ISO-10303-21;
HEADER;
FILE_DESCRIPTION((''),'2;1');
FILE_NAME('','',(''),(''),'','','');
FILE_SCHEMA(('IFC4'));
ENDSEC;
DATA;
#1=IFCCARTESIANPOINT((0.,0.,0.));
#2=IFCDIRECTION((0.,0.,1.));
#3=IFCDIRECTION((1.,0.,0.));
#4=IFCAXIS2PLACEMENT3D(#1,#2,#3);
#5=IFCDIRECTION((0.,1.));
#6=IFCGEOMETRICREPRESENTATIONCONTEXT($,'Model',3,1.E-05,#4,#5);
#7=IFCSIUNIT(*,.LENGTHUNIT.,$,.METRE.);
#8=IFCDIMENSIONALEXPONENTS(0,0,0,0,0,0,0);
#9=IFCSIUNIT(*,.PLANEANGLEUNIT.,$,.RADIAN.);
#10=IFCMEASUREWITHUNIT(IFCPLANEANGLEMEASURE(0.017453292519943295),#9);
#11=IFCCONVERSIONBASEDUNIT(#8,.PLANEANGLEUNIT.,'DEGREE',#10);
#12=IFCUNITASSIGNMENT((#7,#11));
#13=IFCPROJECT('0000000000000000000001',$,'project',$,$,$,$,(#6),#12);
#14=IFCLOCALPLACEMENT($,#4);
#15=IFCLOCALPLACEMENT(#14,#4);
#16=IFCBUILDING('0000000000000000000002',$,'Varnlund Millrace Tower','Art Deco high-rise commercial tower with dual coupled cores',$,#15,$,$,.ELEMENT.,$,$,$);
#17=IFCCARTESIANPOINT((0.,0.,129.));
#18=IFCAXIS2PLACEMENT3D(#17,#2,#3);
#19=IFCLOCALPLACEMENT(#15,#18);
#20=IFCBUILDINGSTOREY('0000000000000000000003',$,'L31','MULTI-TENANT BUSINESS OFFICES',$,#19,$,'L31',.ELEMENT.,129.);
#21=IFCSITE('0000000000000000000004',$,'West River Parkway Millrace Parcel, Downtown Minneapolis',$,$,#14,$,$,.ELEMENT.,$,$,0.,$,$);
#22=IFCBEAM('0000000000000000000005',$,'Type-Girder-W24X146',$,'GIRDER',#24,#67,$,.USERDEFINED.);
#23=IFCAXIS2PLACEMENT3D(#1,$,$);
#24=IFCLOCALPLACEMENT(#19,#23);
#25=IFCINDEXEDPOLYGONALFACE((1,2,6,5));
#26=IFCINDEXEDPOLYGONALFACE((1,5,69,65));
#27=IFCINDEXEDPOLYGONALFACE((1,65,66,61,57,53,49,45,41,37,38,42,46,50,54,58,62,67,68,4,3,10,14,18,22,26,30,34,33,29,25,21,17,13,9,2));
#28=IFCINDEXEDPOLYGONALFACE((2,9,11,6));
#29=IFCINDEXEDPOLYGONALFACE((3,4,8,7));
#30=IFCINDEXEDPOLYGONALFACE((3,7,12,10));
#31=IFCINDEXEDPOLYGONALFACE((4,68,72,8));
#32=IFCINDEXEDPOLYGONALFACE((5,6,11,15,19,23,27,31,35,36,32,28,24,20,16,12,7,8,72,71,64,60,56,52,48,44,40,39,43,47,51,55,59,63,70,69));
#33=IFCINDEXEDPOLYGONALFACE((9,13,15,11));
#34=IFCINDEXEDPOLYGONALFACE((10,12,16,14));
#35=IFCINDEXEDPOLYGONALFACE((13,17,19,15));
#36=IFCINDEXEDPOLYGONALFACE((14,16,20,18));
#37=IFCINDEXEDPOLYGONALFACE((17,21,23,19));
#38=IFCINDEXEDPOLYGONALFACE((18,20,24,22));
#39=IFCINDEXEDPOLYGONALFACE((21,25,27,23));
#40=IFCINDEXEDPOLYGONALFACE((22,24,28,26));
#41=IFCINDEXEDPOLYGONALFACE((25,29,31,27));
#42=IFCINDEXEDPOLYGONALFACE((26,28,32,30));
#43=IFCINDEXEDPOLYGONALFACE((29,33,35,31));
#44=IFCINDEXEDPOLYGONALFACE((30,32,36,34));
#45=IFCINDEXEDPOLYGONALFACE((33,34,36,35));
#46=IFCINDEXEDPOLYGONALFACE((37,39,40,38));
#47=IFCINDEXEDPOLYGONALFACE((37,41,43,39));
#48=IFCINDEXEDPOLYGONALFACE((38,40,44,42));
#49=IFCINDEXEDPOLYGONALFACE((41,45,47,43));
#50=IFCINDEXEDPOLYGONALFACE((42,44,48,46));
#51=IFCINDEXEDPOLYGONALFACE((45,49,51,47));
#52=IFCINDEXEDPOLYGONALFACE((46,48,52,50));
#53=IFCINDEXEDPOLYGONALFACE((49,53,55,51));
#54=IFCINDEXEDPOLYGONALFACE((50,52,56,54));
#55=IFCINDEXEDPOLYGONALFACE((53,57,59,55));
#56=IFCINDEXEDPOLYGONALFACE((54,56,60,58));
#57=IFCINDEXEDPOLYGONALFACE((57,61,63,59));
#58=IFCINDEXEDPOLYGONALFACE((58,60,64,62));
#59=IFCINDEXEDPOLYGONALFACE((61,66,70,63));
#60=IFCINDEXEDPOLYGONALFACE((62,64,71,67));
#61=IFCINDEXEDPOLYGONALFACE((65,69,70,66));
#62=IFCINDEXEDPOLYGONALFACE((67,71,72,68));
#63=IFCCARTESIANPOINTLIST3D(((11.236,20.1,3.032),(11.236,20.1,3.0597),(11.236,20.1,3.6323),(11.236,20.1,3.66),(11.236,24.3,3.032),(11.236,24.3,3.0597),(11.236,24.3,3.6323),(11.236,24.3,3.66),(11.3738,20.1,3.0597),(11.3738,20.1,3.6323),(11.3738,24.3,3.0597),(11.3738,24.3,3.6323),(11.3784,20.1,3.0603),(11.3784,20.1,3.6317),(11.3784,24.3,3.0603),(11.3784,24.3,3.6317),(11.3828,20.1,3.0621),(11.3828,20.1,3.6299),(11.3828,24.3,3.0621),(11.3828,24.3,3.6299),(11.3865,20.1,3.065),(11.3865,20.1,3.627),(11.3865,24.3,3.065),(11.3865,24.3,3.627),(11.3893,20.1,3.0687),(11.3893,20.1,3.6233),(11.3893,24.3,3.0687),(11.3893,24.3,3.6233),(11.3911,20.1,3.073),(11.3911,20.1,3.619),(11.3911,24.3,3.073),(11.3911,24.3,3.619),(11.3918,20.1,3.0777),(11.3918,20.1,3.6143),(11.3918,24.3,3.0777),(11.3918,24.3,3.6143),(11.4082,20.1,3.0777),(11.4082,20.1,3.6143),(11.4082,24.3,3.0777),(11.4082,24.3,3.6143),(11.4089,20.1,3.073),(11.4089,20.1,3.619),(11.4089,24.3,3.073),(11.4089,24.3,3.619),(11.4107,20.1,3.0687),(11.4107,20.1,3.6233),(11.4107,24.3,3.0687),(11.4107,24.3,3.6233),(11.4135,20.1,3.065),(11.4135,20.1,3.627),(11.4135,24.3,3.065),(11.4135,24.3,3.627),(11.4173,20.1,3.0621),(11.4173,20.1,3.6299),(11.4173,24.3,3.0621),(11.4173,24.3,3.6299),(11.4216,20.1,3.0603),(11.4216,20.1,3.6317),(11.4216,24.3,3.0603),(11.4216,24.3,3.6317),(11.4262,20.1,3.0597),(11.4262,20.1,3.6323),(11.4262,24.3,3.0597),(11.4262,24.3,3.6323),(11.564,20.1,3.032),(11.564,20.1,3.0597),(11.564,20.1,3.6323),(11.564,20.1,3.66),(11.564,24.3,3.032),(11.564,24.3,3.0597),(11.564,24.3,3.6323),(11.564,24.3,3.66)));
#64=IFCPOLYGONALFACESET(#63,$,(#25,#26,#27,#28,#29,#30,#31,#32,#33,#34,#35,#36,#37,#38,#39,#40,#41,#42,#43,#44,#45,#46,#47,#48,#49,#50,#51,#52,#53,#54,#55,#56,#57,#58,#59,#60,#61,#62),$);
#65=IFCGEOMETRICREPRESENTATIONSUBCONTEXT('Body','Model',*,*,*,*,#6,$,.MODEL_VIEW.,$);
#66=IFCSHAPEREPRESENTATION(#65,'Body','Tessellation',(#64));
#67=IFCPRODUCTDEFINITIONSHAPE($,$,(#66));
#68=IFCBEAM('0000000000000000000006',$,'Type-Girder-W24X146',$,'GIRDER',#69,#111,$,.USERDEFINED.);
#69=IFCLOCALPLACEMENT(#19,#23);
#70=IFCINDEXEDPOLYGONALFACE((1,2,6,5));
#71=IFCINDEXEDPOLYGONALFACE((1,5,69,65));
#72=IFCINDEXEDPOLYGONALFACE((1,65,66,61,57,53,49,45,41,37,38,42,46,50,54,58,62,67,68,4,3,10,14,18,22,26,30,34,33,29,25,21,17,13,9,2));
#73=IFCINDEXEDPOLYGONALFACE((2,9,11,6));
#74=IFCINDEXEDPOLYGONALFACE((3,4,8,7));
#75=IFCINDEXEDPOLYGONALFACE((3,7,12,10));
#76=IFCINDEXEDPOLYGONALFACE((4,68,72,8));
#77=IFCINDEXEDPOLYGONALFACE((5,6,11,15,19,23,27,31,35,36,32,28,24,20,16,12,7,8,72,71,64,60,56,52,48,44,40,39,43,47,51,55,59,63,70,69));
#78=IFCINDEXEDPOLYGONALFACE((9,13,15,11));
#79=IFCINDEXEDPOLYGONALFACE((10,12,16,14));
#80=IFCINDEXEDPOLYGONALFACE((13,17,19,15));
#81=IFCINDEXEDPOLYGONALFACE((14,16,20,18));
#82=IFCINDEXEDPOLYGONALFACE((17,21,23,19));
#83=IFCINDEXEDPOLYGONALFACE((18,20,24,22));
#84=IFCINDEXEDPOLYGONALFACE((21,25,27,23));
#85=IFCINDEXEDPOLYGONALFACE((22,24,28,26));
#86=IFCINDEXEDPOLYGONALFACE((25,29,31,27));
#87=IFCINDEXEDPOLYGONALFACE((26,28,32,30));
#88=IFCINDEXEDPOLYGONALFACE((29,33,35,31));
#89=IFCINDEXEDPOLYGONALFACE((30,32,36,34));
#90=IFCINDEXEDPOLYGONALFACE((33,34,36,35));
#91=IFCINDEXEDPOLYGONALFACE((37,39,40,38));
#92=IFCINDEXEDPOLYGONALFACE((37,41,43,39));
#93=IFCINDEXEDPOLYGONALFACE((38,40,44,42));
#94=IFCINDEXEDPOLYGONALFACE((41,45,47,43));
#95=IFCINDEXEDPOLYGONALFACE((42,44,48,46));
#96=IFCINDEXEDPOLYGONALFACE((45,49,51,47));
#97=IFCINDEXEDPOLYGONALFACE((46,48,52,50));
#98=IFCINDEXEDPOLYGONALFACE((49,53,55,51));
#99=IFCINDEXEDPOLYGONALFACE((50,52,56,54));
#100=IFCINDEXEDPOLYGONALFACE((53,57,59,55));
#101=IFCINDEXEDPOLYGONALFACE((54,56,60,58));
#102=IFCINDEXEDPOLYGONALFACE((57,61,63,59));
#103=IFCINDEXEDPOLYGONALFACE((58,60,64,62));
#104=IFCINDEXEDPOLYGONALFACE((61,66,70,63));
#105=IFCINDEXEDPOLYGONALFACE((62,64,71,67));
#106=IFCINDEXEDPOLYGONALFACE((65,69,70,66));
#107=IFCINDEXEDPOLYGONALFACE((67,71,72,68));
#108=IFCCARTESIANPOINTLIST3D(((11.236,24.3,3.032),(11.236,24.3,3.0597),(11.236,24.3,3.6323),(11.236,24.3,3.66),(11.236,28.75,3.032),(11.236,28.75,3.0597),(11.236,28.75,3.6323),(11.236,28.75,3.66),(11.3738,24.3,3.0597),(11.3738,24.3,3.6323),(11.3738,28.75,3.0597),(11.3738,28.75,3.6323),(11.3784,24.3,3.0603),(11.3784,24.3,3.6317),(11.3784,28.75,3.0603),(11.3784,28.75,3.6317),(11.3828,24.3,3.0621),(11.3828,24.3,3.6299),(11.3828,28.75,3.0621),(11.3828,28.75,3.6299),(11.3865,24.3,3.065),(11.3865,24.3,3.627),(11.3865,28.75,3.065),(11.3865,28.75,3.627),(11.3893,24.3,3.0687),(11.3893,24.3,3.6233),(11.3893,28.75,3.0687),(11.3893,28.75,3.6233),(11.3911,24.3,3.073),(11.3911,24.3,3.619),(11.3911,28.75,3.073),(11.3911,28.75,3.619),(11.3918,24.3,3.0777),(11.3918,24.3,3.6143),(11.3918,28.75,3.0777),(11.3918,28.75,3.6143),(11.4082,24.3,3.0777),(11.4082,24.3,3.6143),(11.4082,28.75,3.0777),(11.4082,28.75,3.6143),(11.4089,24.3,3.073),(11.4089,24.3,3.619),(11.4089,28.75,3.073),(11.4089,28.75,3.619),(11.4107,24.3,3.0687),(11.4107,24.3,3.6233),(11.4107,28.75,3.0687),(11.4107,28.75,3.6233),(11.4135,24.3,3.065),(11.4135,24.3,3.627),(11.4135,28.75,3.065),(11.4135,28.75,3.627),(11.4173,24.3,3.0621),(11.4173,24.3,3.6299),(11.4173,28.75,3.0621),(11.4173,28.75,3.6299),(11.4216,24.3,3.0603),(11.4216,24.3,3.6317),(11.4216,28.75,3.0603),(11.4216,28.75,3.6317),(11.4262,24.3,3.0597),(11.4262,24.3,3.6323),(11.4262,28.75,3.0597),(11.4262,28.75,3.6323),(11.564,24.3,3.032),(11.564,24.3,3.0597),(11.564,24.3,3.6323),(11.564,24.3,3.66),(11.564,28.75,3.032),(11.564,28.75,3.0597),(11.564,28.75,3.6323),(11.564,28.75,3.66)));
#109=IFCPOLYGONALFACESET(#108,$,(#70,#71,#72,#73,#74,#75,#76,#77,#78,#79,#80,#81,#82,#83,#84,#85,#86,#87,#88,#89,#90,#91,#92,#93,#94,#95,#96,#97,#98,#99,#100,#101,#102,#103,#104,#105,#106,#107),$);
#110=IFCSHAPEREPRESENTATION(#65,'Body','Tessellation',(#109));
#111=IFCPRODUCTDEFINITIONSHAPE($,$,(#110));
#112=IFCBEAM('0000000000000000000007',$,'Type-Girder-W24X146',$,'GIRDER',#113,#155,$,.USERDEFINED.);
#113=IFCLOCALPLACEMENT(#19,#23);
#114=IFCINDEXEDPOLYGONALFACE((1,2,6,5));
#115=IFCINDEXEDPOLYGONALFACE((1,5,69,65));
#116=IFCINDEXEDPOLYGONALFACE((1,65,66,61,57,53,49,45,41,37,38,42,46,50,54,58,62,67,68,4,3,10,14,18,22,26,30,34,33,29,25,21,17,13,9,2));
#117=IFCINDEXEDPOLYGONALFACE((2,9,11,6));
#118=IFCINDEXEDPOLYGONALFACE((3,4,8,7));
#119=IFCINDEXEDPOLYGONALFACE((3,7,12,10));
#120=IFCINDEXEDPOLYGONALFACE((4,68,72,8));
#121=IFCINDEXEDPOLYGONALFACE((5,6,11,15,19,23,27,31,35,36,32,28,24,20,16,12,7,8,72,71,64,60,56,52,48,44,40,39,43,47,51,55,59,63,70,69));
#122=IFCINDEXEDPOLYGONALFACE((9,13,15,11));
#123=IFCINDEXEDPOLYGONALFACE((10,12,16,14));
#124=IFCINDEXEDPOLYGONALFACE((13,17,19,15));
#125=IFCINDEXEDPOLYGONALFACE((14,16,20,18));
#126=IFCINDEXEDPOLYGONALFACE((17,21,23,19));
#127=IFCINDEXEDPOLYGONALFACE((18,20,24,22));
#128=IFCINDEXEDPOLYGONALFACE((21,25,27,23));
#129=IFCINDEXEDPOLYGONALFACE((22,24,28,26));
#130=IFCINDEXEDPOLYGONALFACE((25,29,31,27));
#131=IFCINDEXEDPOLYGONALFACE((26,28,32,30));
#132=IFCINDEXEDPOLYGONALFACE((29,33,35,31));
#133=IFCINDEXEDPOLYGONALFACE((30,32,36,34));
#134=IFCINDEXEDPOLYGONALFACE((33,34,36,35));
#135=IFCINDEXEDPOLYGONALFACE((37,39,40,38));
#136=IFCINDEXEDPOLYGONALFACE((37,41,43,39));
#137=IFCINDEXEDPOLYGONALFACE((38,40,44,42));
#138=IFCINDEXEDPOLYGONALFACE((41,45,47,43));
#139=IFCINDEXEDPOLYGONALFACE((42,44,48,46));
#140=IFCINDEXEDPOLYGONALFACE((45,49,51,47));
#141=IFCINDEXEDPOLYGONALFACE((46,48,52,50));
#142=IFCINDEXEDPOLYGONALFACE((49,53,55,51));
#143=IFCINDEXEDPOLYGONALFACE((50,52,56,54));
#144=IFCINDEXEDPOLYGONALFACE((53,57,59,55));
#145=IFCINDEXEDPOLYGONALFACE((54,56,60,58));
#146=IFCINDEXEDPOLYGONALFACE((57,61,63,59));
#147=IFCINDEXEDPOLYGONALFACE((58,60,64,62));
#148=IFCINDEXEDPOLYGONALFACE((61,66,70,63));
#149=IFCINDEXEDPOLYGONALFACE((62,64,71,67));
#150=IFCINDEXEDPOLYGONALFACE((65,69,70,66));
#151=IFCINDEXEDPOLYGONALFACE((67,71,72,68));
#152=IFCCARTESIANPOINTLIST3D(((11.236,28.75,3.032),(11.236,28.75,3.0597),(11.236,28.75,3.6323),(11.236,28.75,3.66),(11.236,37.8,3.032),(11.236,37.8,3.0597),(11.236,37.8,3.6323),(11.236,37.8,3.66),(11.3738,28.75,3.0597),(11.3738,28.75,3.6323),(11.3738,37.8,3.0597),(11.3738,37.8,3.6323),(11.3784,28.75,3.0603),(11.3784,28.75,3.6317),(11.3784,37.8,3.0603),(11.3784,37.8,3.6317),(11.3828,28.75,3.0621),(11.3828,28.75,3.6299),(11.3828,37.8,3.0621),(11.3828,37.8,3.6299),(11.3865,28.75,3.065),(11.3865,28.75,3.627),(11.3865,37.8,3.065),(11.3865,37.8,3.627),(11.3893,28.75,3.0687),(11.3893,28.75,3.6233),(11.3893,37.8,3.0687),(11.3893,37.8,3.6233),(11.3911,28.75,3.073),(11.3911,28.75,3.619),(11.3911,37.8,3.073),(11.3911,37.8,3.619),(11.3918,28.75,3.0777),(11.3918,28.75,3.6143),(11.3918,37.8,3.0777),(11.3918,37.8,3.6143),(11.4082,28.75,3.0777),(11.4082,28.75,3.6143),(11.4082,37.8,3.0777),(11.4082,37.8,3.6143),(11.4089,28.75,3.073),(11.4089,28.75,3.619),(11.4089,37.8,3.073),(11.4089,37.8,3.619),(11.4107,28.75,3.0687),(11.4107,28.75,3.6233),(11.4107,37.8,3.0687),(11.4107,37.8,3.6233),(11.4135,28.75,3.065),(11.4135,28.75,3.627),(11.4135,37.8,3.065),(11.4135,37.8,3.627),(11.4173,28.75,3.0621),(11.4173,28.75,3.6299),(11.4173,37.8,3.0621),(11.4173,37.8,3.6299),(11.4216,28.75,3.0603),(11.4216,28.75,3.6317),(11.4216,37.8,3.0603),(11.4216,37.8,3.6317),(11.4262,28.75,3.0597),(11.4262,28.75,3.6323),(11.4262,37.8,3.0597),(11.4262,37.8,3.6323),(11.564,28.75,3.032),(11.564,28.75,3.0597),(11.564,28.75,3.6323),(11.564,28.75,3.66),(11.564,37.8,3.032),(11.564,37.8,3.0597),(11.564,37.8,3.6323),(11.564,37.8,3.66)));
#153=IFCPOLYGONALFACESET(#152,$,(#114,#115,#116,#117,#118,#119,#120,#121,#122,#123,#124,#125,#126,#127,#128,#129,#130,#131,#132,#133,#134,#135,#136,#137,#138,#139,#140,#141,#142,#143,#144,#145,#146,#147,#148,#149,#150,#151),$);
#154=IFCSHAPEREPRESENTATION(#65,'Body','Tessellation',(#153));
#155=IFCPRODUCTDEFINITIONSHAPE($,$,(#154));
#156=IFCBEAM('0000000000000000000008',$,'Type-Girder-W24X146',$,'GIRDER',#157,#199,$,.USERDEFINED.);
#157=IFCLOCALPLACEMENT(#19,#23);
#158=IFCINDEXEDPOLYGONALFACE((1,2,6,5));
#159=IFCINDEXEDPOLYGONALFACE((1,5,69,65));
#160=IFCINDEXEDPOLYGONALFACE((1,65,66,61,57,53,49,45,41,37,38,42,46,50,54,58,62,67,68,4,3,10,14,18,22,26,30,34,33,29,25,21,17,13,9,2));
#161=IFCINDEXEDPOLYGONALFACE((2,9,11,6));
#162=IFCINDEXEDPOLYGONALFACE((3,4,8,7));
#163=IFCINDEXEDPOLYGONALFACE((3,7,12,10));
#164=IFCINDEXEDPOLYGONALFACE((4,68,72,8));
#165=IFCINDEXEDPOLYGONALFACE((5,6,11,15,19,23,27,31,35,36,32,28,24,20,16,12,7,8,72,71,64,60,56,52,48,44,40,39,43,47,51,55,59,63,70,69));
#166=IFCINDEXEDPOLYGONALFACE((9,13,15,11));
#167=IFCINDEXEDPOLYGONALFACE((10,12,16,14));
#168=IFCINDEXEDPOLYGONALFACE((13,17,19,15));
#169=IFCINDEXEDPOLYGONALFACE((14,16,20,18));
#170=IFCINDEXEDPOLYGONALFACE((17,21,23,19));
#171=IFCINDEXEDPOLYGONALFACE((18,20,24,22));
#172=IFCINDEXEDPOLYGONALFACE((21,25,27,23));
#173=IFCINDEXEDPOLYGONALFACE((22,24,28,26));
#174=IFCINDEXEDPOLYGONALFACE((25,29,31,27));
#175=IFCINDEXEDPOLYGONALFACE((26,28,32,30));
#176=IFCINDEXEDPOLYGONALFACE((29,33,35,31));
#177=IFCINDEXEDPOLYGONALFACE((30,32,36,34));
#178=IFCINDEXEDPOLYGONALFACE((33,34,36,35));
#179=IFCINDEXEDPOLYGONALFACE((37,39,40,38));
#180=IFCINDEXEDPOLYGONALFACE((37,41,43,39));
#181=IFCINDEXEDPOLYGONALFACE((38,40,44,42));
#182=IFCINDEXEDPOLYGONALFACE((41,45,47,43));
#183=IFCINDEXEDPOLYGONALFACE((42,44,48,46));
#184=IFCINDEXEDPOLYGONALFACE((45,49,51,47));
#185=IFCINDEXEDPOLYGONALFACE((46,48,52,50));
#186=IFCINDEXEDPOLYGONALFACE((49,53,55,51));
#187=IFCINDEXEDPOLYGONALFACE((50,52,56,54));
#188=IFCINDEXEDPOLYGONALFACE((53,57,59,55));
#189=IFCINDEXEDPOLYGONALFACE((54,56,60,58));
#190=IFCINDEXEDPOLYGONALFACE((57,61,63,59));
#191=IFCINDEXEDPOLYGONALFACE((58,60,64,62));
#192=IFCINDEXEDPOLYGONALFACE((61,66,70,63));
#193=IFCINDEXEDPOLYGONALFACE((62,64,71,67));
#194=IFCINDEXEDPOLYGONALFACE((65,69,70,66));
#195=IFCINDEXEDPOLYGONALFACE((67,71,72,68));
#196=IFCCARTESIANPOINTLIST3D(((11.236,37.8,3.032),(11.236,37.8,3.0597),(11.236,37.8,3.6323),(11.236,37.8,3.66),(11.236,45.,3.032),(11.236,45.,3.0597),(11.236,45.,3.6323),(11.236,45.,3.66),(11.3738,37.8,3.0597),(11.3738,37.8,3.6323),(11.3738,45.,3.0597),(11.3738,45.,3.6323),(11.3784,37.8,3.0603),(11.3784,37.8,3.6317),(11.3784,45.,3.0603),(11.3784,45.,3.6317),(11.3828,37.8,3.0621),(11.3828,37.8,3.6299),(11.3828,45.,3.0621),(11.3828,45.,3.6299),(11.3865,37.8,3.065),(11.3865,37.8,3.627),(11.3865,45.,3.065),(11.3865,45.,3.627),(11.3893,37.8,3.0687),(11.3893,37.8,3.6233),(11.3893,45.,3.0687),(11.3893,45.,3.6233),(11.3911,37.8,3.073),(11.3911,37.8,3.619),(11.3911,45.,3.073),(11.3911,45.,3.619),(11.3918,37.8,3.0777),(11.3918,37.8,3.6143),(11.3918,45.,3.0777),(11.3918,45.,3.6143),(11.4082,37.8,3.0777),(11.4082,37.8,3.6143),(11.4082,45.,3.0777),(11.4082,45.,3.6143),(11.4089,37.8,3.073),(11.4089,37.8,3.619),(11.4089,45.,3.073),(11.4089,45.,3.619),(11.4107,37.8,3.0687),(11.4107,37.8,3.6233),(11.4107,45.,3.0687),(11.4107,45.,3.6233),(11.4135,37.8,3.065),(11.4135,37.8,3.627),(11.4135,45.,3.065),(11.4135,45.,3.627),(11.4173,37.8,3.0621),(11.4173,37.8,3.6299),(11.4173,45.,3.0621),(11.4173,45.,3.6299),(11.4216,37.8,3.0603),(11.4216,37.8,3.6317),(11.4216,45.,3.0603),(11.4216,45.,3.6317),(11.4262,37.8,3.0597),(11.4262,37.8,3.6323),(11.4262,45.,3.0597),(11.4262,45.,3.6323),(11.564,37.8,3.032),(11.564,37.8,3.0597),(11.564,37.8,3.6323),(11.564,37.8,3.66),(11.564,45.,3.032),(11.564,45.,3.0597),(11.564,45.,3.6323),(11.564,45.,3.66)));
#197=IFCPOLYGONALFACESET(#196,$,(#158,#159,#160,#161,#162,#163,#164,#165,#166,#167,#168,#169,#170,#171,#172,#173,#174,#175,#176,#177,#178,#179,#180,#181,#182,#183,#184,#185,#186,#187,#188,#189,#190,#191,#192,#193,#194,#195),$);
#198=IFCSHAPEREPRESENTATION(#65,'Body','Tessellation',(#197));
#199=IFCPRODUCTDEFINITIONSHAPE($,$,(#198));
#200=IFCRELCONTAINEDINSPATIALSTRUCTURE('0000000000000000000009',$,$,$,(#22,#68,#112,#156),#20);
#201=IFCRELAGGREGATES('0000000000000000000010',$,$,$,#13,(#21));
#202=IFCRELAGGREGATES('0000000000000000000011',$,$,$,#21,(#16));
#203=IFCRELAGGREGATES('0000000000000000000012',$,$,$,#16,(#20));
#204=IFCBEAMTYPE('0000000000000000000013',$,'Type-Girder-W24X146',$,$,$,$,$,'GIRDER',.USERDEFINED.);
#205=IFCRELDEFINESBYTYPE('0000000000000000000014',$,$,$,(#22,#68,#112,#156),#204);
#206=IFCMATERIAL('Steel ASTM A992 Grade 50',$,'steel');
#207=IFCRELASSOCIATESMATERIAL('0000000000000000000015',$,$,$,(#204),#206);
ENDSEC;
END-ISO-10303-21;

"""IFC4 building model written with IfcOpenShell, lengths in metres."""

from ifc_helpers import new_model, entity, si_unit, converted_unit, direction, frame, origin_with_axes, origin_2d_with_axis, place, context, subcontext, project, spatial, i_section, extrude, material, material_profile, profile_set, type_object, element, save


model = new_model("IFC4")

# Units and contexts
model_context = context("Model", 3, precision=1e-05, world=origin_with_axes(), true_north=direction((0.0, 1.0)))
body_context = subcontext(model_context, "Body", "Model", "MODEL_VIEW")
ifc_project = project(units=[si_unit("LENGTHUNIT", "METRE"), converted_unit("PLANEANGLEUNIT", "DEGREE", entity("IfcPlaneAngleMeasure", 0.017453292519943295), si_unit("PLANEANGLEUNIT", "RADIAN"), dimensions=[0, 0, 0, 0, 0, 0, 0])], contexts=[model_context])

# Site, building, storey
site_placement = place(None, origin_with_axes())
site = spatial("IfcSite", under=ifc_project, at=site_placement, Name="West River Parkway Millrace Parcel, Downtown Minneapolis", CompositionType="ELEMENT", RefElevation=0.0)
building_placement = place(site_placement, origin_with_axes())
building = spatial("IfcBuilding", under=site, at=building_placement, Name="Varnlund Millrace Tower", Description="Art Deco high-rise commercial tower with dual coupled cores", CompositionType="ELEMENT")
storey_placement = place(building_placement, frame((0.0, 0.0, 129.0), z_axis=(0.0, 0.0, 1.0), x_axis=(1.0, 0.0, 0.0)))
storey = spatial("IfcBuildingStorey", under=building, at=storey_placement, Name="L31", Description="MULTI-TENANT BUSINESS OFFICES", LongName="L31", CompositionType="ELEMENT", Elevation=129.0)

# Beams
ifc_material_1 = material(Name="Steel ASTM A992 Grade 50", Category="steel")
ifc_material_profile_1 = material_profile(ifc_material_1, i_section(OverallWidth=0.328, OverallDepth=0.628, WebThickness=0.0165, FlangeThickness=0.0277, FilletRadius=0.018, at=origin_2d_with_axis()), Name="Steel ASTM A992 Grade 50")
ifc_profile_set_1 = profile_set([ifc_material_profile_1], Name="Steel ASTM A992 Grade 50")
beam_type_1 = type_object("IfcBeamType", Name="Type-Girder-W24X146", ElementType="GIRDER", PredefinedType="USERDEFINED", material=ifc_profile_set_1)
beam_1_placement = place(storey_placement, frame((11.4, 20.1, 3.346), z_axis=(0.0, 1.0, 0.0), x_axis=(-1.0, 0.0, 0.0)))
element("IfcBeam", 1, at=beam_1_placement, inside=storey, type_object=beam_type_1, Name="Type-Girder-W24X146", ObjectType="GIRDER", PredefinedType="USERDEFINED", context=body_context, shape_type="SweptSolid", body=[
    extrude(i_section(OverallWidth=0.328, OverallDepth=0.628, WebThickness=0.0165, FlangeThickness=0.0277, FilletRadius=0.018, at=origin_2d_with_axis()), origin_with_axes(), (0.0, 0.0, 1.0), 4.2),
])
beam_2_placement = place(storey_placement, frame((11.4, 24.3, 3.346), z_axis=(0.0, 1.0, 0.0), x_axis=(-1.0, 0.0, 0.0)))
element("IfcBeam", 2, at=beam_2_placement, inside=storey, type_object=beam_type_1, Name="Type-Girder-W24X146", ObjectType="GIRDER", PredefinedType="USERDEFINED", context=body_context, shape_type="SweptSolid", body=[
    extrude(i_section(OverallWidth=0.328, OverallDepth=0.628, WebThickness=0.0165, FlangeThickness=0.0277, FilletRadius=0.018, at=origin_2d_with_axis()), origin_with_axes(), (0.0, 0.0, 1.0), 4.45),
])
beam_3_placement = place(storey_placement, frame((11.4, 28.75, 3.346), z_axis=(0.0, 1.0, 0.0), x_axis=(-1.0, 0.0, 0.0)))
element("IfcBeam", 3, at=beam_3_placement, inside=storey, type_object=beam_type_1, Name="Type-Girder-W24X146", ObjectType="GIRDER", PredefinedType="USERDEFINED", context=body_context, shape_type="SweptSolid", body=[
    extrude(i_section(OverallWidth=0.328, OverallDepth=0.628, WebThickness=0.0165, FlangeThickness=0.0277, FilletRadius=0.018, at=origin_2d_with_axis()), origin_with_axes(), (0.0, 0.0, 1.0), 9.05),
])
beam_4_placement = place(storey_placement, frame((11.4, 37.8, 3.346), z_axis=(0.0, 1.0, 0.0), x_axis=(-1.0, 0.0, 0.0)))
element("IfcBeam", 4, at=beam_4_placement, inside=storey, type_object=beam_type_1, Name="Type-Girder-W24X146", ObjectType="GIRDER", PredefinedType="USERDEFINED", context=body_context, shape_type="SweptSolid", body=[
    extrude(i_section(OverallWidth=0.328, OverallDepth=0.628, WebThickness=0.0165, FlangeThickness=0.0277, FilletRadius=0.018, at=origin_2d_with_axis()), origin_with_axes(), (0.0, 0.0, 1.0), 7.2),
])

save(model, "model.ifc")
